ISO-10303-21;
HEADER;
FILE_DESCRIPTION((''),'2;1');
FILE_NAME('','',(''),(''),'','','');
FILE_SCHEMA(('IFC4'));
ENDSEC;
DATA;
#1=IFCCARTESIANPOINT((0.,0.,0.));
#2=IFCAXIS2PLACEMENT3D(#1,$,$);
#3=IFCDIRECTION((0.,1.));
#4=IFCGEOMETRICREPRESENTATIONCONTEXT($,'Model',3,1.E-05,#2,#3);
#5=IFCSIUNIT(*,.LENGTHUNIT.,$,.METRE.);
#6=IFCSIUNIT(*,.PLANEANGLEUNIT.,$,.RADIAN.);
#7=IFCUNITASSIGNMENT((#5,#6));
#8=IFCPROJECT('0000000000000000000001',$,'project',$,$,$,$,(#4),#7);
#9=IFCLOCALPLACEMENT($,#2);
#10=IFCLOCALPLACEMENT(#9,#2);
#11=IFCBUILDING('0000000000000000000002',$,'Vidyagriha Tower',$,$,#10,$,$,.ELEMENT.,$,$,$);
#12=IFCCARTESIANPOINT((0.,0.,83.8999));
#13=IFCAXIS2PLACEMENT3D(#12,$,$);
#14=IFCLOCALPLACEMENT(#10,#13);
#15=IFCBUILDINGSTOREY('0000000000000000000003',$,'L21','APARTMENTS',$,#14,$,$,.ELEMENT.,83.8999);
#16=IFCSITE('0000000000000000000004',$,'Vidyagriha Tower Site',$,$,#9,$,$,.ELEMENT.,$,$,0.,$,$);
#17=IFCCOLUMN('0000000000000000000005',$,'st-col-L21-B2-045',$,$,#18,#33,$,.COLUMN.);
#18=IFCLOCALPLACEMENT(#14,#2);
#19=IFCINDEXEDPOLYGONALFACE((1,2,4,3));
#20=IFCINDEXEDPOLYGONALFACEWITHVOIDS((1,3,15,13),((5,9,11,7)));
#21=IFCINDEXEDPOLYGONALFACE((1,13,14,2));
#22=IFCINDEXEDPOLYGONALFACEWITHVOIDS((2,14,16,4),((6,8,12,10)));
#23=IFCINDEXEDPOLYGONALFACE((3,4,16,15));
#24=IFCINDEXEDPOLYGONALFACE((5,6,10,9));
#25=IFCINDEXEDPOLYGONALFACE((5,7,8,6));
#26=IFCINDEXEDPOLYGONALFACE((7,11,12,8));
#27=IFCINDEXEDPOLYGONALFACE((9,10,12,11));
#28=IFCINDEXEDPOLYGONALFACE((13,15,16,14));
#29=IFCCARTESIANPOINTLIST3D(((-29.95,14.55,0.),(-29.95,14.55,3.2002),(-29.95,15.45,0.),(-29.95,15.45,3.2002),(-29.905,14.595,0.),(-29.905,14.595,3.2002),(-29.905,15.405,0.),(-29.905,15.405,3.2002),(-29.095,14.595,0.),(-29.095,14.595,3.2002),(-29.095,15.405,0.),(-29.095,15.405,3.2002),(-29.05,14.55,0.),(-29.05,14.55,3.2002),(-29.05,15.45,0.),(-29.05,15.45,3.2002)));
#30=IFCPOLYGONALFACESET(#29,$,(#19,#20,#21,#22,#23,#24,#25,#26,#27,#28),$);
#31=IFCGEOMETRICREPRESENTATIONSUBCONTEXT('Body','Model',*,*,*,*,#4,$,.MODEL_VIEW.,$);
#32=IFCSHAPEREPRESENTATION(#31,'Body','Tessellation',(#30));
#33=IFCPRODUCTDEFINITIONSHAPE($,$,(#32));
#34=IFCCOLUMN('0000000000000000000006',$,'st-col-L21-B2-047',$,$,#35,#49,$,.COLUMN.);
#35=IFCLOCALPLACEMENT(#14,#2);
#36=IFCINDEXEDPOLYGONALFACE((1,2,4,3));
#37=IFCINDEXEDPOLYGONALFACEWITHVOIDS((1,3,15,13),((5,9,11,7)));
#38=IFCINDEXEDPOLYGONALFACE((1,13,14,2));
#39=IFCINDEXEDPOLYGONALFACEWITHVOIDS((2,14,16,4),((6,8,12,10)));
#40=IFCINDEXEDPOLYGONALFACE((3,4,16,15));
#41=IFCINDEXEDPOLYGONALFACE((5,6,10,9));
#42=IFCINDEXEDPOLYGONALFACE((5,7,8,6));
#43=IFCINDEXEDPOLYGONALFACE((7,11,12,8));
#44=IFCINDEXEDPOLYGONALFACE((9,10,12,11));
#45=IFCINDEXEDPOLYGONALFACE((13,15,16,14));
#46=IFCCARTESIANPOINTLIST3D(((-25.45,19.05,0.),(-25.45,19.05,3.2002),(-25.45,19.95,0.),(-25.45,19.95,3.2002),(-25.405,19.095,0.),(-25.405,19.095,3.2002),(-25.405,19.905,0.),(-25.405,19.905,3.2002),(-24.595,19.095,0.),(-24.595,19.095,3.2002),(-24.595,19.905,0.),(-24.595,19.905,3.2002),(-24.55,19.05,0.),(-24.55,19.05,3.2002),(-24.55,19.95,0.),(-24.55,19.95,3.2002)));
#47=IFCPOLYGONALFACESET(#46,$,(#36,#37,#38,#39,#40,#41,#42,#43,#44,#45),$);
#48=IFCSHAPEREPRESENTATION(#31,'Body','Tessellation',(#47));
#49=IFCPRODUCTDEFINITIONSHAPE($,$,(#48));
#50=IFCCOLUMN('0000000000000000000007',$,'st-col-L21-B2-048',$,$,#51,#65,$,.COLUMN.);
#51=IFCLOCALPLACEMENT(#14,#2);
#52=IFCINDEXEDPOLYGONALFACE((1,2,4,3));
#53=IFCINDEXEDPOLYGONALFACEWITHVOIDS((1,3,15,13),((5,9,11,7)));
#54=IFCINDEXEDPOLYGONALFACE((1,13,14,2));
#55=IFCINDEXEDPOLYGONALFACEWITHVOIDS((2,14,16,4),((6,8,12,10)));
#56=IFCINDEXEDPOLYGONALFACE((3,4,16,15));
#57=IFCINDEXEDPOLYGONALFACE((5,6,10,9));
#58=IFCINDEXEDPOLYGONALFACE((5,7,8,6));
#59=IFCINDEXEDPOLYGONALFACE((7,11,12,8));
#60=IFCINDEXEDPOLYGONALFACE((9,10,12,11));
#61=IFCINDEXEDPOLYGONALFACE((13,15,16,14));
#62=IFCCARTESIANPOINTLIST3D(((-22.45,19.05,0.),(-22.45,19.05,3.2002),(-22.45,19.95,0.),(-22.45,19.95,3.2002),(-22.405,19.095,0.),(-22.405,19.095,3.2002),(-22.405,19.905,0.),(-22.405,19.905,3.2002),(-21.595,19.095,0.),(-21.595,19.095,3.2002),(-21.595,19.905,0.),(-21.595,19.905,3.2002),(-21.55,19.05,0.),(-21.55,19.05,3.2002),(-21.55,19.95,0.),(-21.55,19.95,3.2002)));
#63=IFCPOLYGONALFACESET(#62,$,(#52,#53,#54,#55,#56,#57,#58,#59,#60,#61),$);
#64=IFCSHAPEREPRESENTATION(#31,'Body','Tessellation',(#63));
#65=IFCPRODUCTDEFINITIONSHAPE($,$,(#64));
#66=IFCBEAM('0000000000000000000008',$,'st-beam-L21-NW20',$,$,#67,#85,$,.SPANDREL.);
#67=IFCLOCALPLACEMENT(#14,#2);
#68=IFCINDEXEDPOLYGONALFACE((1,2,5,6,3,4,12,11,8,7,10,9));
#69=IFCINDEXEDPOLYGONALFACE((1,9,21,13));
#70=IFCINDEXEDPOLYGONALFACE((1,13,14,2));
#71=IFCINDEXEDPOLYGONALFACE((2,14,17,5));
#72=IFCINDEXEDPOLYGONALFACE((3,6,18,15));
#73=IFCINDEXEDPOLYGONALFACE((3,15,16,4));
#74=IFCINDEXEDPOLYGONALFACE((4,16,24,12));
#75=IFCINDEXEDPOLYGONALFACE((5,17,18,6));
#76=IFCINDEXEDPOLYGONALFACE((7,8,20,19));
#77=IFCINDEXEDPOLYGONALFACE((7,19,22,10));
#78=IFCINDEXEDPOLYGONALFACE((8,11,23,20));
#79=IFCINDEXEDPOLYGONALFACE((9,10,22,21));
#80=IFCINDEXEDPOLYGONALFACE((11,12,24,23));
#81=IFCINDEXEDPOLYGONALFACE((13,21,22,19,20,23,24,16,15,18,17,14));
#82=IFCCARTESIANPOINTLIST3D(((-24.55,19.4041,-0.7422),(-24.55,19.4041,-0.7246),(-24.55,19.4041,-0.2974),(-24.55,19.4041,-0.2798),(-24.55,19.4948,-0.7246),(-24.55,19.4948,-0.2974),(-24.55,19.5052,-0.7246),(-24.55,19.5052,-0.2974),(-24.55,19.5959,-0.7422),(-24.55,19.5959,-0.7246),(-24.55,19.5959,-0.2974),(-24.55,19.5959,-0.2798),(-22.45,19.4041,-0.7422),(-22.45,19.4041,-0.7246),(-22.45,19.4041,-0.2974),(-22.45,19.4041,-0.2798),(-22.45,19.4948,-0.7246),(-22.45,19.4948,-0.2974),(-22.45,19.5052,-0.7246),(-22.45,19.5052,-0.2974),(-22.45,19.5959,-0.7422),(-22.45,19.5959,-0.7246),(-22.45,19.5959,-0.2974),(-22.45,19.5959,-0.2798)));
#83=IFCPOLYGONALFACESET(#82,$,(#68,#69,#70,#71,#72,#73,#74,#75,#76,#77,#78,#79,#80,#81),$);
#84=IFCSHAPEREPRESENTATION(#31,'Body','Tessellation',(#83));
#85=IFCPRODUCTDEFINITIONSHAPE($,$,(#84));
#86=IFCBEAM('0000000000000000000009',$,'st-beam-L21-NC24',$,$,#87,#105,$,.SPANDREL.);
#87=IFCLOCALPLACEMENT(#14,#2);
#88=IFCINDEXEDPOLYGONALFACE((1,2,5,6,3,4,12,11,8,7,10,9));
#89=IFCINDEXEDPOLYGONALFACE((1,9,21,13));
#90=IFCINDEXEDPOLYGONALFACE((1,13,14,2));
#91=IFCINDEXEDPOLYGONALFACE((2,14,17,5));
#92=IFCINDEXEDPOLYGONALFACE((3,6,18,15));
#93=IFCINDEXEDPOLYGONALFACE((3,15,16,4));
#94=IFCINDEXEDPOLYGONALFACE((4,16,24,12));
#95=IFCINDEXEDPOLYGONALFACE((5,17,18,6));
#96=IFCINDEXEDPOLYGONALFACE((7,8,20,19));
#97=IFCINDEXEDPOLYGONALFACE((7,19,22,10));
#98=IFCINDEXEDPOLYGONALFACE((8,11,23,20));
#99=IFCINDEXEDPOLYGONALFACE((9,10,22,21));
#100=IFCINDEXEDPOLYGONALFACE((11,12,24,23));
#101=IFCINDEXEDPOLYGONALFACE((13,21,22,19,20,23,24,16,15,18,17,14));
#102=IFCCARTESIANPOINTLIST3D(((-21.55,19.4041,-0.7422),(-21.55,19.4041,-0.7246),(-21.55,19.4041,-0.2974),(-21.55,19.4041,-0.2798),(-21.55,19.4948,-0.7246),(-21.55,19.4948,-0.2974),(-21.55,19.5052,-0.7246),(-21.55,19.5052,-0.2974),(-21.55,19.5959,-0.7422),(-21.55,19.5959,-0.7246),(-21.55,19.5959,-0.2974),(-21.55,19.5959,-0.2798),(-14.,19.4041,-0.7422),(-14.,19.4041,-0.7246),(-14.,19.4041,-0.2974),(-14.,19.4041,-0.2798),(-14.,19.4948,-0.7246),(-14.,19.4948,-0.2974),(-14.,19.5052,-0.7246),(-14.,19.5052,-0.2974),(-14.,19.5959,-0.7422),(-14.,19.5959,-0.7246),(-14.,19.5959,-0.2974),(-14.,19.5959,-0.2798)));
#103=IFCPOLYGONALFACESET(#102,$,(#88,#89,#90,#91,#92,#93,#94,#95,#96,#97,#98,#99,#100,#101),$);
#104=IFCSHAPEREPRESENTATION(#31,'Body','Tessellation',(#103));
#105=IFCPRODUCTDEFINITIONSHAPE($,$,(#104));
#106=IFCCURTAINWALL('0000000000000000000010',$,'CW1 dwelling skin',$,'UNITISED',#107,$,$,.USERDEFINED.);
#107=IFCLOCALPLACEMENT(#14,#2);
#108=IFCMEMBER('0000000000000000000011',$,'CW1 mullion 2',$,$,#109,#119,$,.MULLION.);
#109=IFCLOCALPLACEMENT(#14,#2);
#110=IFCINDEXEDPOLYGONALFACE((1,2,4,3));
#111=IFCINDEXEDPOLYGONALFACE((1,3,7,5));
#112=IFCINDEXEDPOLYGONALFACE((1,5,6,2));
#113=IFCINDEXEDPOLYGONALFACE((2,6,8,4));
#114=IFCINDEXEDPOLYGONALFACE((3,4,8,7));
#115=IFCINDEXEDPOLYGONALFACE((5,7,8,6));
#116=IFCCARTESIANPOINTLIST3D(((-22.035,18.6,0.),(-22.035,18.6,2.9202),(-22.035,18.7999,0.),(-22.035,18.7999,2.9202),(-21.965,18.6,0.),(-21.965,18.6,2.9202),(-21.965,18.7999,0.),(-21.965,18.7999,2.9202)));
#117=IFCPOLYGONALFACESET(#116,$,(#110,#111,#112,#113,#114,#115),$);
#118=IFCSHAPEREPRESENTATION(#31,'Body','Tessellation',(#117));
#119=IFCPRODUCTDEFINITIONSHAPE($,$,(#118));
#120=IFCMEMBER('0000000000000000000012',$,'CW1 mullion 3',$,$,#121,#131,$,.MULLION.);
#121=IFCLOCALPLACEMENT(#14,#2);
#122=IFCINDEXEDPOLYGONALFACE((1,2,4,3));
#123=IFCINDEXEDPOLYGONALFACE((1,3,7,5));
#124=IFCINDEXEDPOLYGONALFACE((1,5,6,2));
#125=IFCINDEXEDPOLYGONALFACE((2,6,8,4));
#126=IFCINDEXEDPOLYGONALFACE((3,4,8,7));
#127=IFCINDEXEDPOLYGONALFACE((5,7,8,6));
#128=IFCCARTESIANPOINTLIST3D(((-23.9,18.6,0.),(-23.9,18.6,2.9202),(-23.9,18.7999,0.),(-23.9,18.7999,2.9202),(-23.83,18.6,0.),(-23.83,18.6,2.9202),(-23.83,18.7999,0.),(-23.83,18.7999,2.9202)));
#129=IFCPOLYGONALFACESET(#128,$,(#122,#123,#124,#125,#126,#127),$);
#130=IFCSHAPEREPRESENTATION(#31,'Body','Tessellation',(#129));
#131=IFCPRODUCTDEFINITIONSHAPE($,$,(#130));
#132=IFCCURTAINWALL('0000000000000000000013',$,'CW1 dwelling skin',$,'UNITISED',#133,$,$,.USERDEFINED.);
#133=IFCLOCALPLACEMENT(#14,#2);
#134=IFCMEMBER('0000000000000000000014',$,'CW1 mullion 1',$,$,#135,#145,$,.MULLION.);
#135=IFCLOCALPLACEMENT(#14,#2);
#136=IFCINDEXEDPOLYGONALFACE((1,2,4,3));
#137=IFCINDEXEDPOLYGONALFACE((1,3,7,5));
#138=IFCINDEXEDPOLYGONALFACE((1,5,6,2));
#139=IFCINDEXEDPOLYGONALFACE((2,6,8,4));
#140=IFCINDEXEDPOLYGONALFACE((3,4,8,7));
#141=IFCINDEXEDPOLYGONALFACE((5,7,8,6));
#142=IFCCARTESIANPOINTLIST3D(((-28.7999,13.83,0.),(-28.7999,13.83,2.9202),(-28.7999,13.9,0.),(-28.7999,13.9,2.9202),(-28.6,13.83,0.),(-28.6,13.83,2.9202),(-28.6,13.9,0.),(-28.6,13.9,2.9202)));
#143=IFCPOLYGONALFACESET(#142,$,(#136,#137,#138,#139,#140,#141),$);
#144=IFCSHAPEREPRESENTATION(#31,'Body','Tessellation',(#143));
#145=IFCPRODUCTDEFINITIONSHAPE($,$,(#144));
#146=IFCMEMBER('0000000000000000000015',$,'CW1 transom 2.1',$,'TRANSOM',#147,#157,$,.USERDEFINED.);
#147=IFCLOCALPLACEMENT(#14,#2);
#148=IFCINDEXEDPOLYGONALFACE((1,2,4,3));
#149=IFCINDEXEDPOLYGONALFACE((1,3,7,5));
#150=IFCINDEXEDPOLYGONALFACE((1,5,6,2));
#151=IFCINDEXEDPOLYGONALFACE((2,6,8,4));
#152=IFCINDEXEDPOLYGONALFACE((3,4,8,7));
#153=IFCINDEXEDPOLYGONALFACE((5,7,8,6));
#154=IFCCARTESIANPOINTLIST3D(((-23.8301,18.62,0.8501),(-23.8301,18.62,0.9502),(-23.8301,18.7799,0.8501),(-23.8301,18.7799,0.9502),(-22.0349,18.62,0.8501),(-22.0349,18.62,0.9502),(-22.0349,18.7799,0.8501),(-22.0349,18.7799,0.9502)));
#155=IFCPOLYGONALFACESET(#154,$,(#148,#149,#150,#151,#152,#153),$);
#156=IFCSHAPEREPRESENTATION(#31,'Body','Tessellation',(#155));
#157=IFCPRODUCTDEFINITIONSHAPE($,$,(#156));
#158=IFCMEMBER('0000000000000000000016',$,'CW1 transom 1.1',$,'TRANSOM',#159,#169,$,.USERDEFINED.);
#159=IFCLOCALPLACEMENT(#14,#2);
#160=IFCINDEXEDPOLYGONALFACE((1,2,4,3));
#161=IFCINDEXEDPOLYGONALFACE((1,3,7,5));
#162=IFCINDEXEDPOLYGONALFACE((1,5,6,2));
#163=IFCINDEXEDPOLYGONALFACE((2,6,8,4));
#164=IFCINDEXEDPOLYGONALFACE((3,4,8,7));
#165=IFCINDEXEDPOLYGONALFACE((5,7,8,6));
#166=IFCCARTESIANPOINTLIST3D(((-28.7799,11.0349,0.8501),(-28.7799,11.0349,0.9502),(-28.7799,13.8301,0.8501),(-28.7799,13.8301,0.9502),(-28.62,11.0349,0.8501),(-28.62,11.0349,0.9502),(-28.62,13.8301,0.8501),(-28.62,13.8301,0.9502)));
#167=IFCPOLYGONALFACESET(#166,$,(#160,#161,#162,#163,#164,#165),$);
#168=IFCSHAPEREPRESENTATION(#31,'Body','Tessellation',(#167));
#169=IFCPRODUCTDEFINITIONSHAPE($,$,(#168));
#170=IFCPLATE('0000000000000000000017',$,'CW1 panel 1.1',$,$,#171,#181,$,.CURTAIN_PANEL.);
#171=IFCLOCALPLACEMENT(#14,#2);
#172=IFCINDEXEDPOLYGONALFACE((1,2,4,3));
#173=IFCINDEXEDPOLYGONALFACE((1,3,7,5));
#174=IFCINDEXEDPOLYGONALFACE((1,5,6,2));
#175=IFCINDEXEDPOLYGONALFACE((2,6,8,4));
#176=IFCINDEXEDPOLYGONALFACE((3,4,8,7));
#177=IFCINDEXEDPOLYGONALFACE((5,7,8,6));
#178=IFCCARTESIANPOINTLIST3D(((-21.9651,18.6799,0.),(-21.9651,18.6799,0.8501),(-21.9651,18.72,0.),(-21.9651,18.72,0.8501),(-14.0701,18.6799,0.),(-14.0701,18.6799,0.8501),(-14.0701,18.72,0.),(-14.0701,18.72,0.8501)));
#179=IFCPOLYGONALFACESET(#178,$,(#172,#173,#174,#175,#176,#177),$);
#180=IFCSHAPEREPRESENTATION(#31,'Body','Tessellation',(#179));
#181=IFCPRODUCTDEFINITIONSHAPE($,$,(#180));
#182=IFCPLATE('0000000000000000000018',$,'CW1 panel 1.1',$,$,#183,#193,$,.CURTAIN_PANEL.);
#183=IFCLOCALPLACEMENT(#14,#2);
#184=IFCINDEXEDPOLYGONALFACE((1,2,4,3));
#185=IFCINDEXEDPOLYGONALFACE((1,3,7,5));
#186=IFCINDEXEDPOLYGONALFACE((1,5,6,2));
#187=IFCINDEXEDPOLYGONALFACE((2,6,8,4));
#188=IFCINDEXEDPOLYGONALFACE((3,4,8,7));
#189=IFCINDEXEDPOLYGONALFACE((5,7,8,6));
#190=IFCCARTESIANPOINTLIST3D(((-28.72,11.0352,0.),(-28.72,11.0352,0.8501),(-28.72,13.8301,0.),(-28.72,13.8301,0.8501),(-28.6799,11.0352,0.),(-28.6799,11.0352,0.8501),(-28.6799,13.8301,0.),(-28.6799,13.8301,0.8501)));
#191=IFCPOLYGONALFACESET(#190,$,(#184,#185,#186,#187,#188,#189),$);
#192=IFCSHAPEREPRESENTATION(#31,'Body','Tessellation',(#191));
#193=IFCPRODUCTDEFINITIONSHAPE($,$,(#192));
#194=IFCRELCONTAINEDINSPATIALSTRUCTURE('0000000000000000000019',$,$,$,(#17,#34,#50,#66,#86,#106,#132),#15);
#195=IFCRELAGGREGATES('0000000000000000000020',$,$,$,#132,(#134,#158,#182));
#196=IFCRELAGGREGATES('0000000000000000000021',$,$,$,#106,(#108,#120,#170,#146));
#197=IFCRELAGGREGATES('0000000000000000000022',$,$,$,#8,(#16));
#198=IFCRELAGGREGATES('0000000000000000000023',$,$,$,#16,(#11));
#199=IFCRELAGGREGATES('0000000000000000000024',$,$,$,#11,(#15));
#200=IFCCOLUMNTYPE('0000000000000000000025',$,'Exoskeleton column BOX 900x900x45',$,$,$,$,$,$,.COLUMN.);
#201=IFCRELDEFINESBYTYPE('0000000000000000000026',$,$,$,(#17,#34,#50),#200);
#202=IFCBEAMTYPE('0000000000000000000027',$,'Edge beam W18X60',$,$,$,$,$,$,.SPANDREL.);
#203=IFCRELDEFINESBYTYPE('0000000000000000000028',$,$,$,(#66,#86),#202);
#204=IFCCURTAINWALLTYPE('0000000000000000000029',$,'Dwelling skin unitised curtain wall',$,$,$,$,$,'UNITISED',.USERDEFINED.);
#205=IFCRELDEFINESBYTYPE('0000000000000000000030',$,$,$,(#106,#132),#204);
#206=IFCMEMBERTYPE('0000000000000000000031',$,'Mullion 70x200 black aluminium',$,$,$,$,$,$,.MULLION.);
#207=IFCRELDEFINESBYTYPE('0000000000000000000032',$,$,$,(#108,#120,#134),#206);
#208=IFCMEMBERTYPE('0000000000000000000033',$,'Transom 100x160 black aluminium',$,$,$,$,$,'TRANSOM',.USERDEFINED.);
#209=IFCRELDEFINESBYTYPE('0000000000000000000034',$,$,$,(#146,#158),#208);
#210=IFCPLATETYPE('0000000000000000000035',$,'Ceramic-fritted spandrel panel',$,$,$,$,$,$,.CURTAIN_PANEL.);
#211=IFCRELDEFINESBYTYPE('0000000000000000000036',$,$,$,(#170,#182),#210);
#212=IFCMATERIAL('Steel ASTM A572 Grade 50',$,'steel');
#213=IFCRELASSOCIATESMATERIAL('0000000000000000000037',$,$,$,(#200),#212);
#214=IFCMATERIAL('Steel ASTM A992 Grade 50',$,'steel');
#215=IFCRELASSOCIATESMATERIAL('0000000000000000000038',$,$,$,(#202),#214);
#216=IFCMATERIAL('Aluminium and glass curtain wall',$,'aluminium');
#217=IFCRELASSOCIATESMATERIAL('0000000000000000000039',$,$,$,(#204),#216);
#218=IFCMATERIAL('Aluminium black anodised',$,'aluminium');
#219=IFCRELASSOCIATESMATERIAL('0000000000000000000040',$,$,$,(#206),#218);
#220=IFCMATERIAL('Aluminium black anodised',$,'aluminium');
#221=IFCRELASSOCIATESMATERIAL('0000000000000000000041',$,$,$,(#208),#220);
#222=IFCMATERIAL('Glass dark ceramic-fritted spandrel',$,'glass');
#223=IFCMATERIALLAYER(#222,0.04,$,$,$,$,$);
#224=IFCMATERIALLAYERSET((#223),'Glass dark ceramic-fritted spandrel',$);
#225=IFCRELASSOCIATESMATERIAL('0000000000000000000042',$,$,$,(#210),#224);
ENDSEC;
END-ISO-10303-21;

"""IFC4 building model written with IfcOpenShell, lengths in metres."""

from ifc_helpers import new_model, si_unit, direction, frame, origin, origin_2d, place, context, subcontext, project, spatial, rectangle, hollow_rectangle, i_section, extrude, material, layer, layer_set, material_profile, profile_set, type_object, element, aggregate, save


model = new_model("IFC4")

# Units and contexts
model_context = context("Model", 3, precision=1e-05, world=origin(), true_north=direction((0.0, 1.0)))
body_context = subcontext(model_context, "Body", "Model", "MODEL_VIEW")
ifc_project = project(units=[si_unit("LENGTHUNIT", "METRE"), si_unit("PLANEANGLEUNIT", "RADIAN")], contexts=[model_context])

# Site, building, storey
site_placement = place(None, origin())
site = spatial("IfcSite", under=ifc_project, at=site_placement, Name="Vidyagriha Tower Site", CompositionType="ELEMENT", RefElevation=0.0)
building_placement = place(site_placement, origin())
building = spatial("IfcBuilding", under=site, at=building_placement, Name="Vidyagriha Tower", CompositionType="ELEMENT")
storey_placement = place(building_placement, frame((0.0, 0.0, 83.8999)))
storey = spatial("IfcBuildingStorey", under=building, at=storey_placement, Name="L21", Description="APARTMENTS", CompositionType="ELEMENT", Elevation=83.8999)

# Columns
ifc_material_1 = material(Name="Steel ASTM A572 Grade 50", Category="steel")
ifc_material_profile_1 = material_profile(ifc_material_1, hollow_rectangle(XDim=0.8999, YDim=0.8999, WallThickness=0.0449, at=origin_2d()), Name="BOX 900x900x45")
ifc_profile_set_1 = profile_set([ifc_material_profile_1], Name="Steel ASTM A572 Grade 50")
column_type = type_object("IfcColumnType", Name="Exoskeleton column BOX 900x900x45", PredefinedType="COLUMN", material=ifc_profile_set_1)
for number, where, name in (
    (1, (-29.5, 15.0, 0.0), "st-col-L21-B2-045"),
    (2, (-25.0, 19.5, 0.0), "st-col-L21-B2-047"),
    (3, (-22.0, 19.5, 0.0), "st-col-L21-B2-048"),
):
    element("IfcColumn", number, at=place(storey_placement, frame(where)), inside=storey, type_object=column_type, Name=name, PredefinedType="COLUMN", context=body_context, shape_type="SweptSolid", body=[
        extrude(hollow_rectangle(XDim=0.8999, YDim=0.8999, WallThickness=0.0449, at=origin_2d()), origin(), (0.0, 0.0, 1.0), 3.2002),
    ])

# Beams
ifc_material_2 = material(Name="Steel ASTM A992 Grade 50", Category="steel")
ifc_material_profile_2 = material_profile(ifc_material_2, i_section(OverallWidth=0.1919, OverallDepth=0.4624, WebThickness=0.0105, FlangeThickness=0.0176, at=origin_2d()), Name="W18X60")
ifc_profile_set_2 = profile_set([ifc_material_profile_2], Name="Steel ASTM A992 Grade 50")
beam_type = type_object("IfcBeamType", Name="Edge beam W18X60", PredefinedType="SPANDREL", material=ifc_profile_set_2)
beam_1_placement = place(storey_placement, frame((-24.55, 19.5, -0.511), z_axis=(1.0, 0.0, 0.0), x_axis=(0.0, 1.0, 0.0)))
element("IfcBeam", 4, at=beam_1_placement, inside=storey, type_object=beam_type, Name="st-beam-L21-NW20", PredefinedType="SPANDREL", context=body_context, shape_type="SweptSolid", body=[
    extrude(i_section(OverallWidth=0.1919, OverallDepth=0.4624, WebThickness=0.0105, FlangeThickness=0.0176, at=origin_2d()), origin(), (0.0, 0.0, 1.0), 2.1001),
])
beam_2_placement = place(storey_placement, frame((-21.55, 19.5, -0.511), z_axis=(1.0, 0.0, 0.0), x_axis=(0.0, 1.0, 0.0)))
element("IfcBeam", 5, at=beam_2_placement, inside=storey, type_object=beam_type, Name="st-beam-L21-NC24", PredefinedType="SPANDREL", context=body_context, shape_type="SweptSolid", body=[
    extrude(i_section(OverallWidth=0.1919, OverallDepth=0.4624, WebThickness=0.0105, FlangeThickness=0.0176, at=origin_2d()), origin(), (0.0, 0.0, 1.0), 7.55),
])

# Curtain wall, members
ifc_material_3 = material(Name="Aluminium and glass curtain wall", Category="aluminium")
curtain_wall_type = type_object("IfcCurtainWallType", Name="Dwelling skin unitised curtain wall", ElementType="UNITISED", PredefinedType="USERDEFINED", material=ifc_material_3)
curtain_wall_1_placement = place(storey_placement, origin())
curtain_wall_1 = element("IfcCurtainWall", 6, at=curtain_wall_1_placement, inside=storey, type_object=curtain_wall_type, Name="CW1 dwelling skin", ObjectType="UNITISED", PredefinedType="USERDEFINED")
ifc_material_4 = material(Name="Aluminium black anodised", Category="aluminium")
ifc_material_profile_3 = material_profile(ifc_material_4, rectangle(XDim=0.2, YDim=0.0701, at=origin_2d()), Name="Mullion 70x200 black aluminium")
ifc_profile_set_3 = profile_set([ifc_material_profile_3], Name="Aluminium black anodised")
member_type_1 = type_object("IfcMemberType", Name="Mullion 70x200 black aluminium", PredefinedType="MULLION", material=ifc_profile_set_3)
member_1_placement = place(storey_placement, frame((-22.0, 18.7, 0.0), z_axis=(0.0, 0.0, 1.0), x_axis=(0.0, -1.0, 0.0)))
member_1 = element("IfcMember", 7, at=member_1_placement, type_object=member_type_1, Name="CW1 mullion 2", PredefinedType="MULLION", context=body_context, shape_type="SweptSolid", body=[
    extrude(rectangle(XDim=0.2, YDim=0.0701, at=origin_2d()), origin(), (0.0, 0.0, 1.0), 2.9202),
])
member_2_placement = place(storey_placement, frame((-23.865, 18.7, 0.0), z_axis=(0.0, 0.0, 1.0), x_axis=(0.0, -1.0, 0.0)))
member_2 = element("IfcMember", 8, at=member_2_placement, type_object=member_type_1, Name="CW1 mullion 3", PredefinedType="MULLION", context=body_context, shape_type="SweptSolid", body=[
    extrude(rectangle(XDim=0.2, YDim=0.0701, at=origin_2d()), origin(), (0.0, 0.0, 1.0), 2.9202),
])

# Curtain wall, member
curtain_wall_2_placement = place(storey_placement, origin())
curtain_wall_2 = element("IfcCurtainWall", 9, at=curtain_wall_2_placement, inside=storey, type_object=curtain_wall_type, Name="CW1 dwelling skin", ObjectType="UNITISED", PredefinedType="USERDEFINED")
member_3_placement = place(storey_placement, frame((-28.7, 13.865, 0.0)))
member_3 = element("IfcMember", 10, at=member_3_placement, type_object=member_type_1, Name="CW1 mullion 1", PredefinedType="MULLION", context=body_context, shape_type="SweptSolid", body=[
    extrude(rectangle(XDim=0.2, YDim=0.0701, at=origin_2d()), origin(), (0.0, 0.0, 1.0), 2.9202),
])

# Members
ifc_material_5 = material(Name="Aluminium black anodised", Category="aluminium")
ifc_material_profile_4 = material_profile(ifc_material_5, rectangle(XDim=0.1599, YDim=0.1001, at=origin_2d()), Name="Transom 100x160 black aluminium")
ifc_profile_set_4 = profile_set([ifc_material_profile_4], Name="Aluminium black anodised")
member_type_2 = type_object("IfcMemberType", Name="Transom 100x160 black aluminium", ElementType="TRANSOM", PredefinedType="USERDEFINED", material=ifc_profile_set_4)
member_4_placement = place(storey_placement, frame((-22.0349, 18.7, 0.9001), z_axis=(-1.0, 0.0, 0.0), x_axis=(0.0, -1.0, 0.0)))
member_4 = element("IfcMember", 11, at=member_4_placement, type_object=member_type_2, Name="CW1 transom 2.1", ObjectType="TRANSOM", PredefinedType="USERDEFINED", context=body_context, shape_type="SweptSolid", body=[
    extrude(rectangle(XDim=0.1599, YDim=0.1001, at=origin_2d()), origin(), (0.0, 0.0, 1.0), 1.7952),
])
member_5_placement = place(storey_placement, frame((-28.7, 13.8301, 0.9001), z_axis=(0.0, -1.0, 0.0), x_axis=(1.0, 0.0, 0.0)))
member_5 = element("IfcMember", 12, at=member_5_placement, type_object=member_type_2, Name="CW1 transom 1.1", ObjectType="TRANSOM", PredefinedType="USERDEFINED", context=body_context, shape_type="SweptSolid", body=[
    extrude(rectangle(XDim=0.1599, YDim=0.1001, at=origin_2d()), origin(), (0.0, 0.0, 1.0), 2.7952),
])

# Plates
ifc_material_6 = material(Name="Glass dark ceramic-fritted spandrel", Category="glass")
ifc_layer_1 = layer(ifc_material_6, 0.04)
ifc_layer_set_1 = layer_set([ifc_layer_1], Name="Glass dark ceramic-fritted spandrel")
plate_type_1 = type_object("IfcPlateType", Name="Ceramic-fritted spandrel panel", PredefinedType="CURTAIN_PANEL", material=ifc_layer_set_1)
plate_1_placement = place(storey_placement, frame((-18.0176, 18.7, 0.0), z_axis=(0.0, 0.0, 1.0), x_axis=(-1.0, 0.0, 0.0)))
plate_1 = element("IfcPlate", 13, at=plate_1_placement, type_object=plate_type_1, Name="CW1 panel 1.1", PredefinedType="CURTAIN_PANEL", context=body_context, shape_type="SweptSolid", body=[
    extrude(rectangle(XDim=7.895, YDim=0.04, at=origin_2d()), origin(), (0.0, 0.0, 1.0), 0.8501),
])
plate_2_placement = place(storey_placement, frame((-28.7, 12.4326, 0.0), z_axis=(0.0, 0.0, 1.0), x_axis=(0.0, -1.0, 0.0)))
plate_2 = element("IfcPlate", 14, at=plate_2_placement, type_object=plate_type_1, Name="CW1 panel 1.1", PredefinedType="CURTAIN_PANEL", context=body_context, shape_type="SweptSolid", body=[
    extrude(rectangle(XDim=2.7949, YDim=0.04, at=origin_2d()), origin(), (0.0, 0.0, 1.0), 0.8501),
])
aggregate(curtain_wall_2, [member_3, member_5, plate_2])
aggregate(curtain_wall_1, [member_1, member_2, plate_1, member_4])

save(model, "model.ifc")
